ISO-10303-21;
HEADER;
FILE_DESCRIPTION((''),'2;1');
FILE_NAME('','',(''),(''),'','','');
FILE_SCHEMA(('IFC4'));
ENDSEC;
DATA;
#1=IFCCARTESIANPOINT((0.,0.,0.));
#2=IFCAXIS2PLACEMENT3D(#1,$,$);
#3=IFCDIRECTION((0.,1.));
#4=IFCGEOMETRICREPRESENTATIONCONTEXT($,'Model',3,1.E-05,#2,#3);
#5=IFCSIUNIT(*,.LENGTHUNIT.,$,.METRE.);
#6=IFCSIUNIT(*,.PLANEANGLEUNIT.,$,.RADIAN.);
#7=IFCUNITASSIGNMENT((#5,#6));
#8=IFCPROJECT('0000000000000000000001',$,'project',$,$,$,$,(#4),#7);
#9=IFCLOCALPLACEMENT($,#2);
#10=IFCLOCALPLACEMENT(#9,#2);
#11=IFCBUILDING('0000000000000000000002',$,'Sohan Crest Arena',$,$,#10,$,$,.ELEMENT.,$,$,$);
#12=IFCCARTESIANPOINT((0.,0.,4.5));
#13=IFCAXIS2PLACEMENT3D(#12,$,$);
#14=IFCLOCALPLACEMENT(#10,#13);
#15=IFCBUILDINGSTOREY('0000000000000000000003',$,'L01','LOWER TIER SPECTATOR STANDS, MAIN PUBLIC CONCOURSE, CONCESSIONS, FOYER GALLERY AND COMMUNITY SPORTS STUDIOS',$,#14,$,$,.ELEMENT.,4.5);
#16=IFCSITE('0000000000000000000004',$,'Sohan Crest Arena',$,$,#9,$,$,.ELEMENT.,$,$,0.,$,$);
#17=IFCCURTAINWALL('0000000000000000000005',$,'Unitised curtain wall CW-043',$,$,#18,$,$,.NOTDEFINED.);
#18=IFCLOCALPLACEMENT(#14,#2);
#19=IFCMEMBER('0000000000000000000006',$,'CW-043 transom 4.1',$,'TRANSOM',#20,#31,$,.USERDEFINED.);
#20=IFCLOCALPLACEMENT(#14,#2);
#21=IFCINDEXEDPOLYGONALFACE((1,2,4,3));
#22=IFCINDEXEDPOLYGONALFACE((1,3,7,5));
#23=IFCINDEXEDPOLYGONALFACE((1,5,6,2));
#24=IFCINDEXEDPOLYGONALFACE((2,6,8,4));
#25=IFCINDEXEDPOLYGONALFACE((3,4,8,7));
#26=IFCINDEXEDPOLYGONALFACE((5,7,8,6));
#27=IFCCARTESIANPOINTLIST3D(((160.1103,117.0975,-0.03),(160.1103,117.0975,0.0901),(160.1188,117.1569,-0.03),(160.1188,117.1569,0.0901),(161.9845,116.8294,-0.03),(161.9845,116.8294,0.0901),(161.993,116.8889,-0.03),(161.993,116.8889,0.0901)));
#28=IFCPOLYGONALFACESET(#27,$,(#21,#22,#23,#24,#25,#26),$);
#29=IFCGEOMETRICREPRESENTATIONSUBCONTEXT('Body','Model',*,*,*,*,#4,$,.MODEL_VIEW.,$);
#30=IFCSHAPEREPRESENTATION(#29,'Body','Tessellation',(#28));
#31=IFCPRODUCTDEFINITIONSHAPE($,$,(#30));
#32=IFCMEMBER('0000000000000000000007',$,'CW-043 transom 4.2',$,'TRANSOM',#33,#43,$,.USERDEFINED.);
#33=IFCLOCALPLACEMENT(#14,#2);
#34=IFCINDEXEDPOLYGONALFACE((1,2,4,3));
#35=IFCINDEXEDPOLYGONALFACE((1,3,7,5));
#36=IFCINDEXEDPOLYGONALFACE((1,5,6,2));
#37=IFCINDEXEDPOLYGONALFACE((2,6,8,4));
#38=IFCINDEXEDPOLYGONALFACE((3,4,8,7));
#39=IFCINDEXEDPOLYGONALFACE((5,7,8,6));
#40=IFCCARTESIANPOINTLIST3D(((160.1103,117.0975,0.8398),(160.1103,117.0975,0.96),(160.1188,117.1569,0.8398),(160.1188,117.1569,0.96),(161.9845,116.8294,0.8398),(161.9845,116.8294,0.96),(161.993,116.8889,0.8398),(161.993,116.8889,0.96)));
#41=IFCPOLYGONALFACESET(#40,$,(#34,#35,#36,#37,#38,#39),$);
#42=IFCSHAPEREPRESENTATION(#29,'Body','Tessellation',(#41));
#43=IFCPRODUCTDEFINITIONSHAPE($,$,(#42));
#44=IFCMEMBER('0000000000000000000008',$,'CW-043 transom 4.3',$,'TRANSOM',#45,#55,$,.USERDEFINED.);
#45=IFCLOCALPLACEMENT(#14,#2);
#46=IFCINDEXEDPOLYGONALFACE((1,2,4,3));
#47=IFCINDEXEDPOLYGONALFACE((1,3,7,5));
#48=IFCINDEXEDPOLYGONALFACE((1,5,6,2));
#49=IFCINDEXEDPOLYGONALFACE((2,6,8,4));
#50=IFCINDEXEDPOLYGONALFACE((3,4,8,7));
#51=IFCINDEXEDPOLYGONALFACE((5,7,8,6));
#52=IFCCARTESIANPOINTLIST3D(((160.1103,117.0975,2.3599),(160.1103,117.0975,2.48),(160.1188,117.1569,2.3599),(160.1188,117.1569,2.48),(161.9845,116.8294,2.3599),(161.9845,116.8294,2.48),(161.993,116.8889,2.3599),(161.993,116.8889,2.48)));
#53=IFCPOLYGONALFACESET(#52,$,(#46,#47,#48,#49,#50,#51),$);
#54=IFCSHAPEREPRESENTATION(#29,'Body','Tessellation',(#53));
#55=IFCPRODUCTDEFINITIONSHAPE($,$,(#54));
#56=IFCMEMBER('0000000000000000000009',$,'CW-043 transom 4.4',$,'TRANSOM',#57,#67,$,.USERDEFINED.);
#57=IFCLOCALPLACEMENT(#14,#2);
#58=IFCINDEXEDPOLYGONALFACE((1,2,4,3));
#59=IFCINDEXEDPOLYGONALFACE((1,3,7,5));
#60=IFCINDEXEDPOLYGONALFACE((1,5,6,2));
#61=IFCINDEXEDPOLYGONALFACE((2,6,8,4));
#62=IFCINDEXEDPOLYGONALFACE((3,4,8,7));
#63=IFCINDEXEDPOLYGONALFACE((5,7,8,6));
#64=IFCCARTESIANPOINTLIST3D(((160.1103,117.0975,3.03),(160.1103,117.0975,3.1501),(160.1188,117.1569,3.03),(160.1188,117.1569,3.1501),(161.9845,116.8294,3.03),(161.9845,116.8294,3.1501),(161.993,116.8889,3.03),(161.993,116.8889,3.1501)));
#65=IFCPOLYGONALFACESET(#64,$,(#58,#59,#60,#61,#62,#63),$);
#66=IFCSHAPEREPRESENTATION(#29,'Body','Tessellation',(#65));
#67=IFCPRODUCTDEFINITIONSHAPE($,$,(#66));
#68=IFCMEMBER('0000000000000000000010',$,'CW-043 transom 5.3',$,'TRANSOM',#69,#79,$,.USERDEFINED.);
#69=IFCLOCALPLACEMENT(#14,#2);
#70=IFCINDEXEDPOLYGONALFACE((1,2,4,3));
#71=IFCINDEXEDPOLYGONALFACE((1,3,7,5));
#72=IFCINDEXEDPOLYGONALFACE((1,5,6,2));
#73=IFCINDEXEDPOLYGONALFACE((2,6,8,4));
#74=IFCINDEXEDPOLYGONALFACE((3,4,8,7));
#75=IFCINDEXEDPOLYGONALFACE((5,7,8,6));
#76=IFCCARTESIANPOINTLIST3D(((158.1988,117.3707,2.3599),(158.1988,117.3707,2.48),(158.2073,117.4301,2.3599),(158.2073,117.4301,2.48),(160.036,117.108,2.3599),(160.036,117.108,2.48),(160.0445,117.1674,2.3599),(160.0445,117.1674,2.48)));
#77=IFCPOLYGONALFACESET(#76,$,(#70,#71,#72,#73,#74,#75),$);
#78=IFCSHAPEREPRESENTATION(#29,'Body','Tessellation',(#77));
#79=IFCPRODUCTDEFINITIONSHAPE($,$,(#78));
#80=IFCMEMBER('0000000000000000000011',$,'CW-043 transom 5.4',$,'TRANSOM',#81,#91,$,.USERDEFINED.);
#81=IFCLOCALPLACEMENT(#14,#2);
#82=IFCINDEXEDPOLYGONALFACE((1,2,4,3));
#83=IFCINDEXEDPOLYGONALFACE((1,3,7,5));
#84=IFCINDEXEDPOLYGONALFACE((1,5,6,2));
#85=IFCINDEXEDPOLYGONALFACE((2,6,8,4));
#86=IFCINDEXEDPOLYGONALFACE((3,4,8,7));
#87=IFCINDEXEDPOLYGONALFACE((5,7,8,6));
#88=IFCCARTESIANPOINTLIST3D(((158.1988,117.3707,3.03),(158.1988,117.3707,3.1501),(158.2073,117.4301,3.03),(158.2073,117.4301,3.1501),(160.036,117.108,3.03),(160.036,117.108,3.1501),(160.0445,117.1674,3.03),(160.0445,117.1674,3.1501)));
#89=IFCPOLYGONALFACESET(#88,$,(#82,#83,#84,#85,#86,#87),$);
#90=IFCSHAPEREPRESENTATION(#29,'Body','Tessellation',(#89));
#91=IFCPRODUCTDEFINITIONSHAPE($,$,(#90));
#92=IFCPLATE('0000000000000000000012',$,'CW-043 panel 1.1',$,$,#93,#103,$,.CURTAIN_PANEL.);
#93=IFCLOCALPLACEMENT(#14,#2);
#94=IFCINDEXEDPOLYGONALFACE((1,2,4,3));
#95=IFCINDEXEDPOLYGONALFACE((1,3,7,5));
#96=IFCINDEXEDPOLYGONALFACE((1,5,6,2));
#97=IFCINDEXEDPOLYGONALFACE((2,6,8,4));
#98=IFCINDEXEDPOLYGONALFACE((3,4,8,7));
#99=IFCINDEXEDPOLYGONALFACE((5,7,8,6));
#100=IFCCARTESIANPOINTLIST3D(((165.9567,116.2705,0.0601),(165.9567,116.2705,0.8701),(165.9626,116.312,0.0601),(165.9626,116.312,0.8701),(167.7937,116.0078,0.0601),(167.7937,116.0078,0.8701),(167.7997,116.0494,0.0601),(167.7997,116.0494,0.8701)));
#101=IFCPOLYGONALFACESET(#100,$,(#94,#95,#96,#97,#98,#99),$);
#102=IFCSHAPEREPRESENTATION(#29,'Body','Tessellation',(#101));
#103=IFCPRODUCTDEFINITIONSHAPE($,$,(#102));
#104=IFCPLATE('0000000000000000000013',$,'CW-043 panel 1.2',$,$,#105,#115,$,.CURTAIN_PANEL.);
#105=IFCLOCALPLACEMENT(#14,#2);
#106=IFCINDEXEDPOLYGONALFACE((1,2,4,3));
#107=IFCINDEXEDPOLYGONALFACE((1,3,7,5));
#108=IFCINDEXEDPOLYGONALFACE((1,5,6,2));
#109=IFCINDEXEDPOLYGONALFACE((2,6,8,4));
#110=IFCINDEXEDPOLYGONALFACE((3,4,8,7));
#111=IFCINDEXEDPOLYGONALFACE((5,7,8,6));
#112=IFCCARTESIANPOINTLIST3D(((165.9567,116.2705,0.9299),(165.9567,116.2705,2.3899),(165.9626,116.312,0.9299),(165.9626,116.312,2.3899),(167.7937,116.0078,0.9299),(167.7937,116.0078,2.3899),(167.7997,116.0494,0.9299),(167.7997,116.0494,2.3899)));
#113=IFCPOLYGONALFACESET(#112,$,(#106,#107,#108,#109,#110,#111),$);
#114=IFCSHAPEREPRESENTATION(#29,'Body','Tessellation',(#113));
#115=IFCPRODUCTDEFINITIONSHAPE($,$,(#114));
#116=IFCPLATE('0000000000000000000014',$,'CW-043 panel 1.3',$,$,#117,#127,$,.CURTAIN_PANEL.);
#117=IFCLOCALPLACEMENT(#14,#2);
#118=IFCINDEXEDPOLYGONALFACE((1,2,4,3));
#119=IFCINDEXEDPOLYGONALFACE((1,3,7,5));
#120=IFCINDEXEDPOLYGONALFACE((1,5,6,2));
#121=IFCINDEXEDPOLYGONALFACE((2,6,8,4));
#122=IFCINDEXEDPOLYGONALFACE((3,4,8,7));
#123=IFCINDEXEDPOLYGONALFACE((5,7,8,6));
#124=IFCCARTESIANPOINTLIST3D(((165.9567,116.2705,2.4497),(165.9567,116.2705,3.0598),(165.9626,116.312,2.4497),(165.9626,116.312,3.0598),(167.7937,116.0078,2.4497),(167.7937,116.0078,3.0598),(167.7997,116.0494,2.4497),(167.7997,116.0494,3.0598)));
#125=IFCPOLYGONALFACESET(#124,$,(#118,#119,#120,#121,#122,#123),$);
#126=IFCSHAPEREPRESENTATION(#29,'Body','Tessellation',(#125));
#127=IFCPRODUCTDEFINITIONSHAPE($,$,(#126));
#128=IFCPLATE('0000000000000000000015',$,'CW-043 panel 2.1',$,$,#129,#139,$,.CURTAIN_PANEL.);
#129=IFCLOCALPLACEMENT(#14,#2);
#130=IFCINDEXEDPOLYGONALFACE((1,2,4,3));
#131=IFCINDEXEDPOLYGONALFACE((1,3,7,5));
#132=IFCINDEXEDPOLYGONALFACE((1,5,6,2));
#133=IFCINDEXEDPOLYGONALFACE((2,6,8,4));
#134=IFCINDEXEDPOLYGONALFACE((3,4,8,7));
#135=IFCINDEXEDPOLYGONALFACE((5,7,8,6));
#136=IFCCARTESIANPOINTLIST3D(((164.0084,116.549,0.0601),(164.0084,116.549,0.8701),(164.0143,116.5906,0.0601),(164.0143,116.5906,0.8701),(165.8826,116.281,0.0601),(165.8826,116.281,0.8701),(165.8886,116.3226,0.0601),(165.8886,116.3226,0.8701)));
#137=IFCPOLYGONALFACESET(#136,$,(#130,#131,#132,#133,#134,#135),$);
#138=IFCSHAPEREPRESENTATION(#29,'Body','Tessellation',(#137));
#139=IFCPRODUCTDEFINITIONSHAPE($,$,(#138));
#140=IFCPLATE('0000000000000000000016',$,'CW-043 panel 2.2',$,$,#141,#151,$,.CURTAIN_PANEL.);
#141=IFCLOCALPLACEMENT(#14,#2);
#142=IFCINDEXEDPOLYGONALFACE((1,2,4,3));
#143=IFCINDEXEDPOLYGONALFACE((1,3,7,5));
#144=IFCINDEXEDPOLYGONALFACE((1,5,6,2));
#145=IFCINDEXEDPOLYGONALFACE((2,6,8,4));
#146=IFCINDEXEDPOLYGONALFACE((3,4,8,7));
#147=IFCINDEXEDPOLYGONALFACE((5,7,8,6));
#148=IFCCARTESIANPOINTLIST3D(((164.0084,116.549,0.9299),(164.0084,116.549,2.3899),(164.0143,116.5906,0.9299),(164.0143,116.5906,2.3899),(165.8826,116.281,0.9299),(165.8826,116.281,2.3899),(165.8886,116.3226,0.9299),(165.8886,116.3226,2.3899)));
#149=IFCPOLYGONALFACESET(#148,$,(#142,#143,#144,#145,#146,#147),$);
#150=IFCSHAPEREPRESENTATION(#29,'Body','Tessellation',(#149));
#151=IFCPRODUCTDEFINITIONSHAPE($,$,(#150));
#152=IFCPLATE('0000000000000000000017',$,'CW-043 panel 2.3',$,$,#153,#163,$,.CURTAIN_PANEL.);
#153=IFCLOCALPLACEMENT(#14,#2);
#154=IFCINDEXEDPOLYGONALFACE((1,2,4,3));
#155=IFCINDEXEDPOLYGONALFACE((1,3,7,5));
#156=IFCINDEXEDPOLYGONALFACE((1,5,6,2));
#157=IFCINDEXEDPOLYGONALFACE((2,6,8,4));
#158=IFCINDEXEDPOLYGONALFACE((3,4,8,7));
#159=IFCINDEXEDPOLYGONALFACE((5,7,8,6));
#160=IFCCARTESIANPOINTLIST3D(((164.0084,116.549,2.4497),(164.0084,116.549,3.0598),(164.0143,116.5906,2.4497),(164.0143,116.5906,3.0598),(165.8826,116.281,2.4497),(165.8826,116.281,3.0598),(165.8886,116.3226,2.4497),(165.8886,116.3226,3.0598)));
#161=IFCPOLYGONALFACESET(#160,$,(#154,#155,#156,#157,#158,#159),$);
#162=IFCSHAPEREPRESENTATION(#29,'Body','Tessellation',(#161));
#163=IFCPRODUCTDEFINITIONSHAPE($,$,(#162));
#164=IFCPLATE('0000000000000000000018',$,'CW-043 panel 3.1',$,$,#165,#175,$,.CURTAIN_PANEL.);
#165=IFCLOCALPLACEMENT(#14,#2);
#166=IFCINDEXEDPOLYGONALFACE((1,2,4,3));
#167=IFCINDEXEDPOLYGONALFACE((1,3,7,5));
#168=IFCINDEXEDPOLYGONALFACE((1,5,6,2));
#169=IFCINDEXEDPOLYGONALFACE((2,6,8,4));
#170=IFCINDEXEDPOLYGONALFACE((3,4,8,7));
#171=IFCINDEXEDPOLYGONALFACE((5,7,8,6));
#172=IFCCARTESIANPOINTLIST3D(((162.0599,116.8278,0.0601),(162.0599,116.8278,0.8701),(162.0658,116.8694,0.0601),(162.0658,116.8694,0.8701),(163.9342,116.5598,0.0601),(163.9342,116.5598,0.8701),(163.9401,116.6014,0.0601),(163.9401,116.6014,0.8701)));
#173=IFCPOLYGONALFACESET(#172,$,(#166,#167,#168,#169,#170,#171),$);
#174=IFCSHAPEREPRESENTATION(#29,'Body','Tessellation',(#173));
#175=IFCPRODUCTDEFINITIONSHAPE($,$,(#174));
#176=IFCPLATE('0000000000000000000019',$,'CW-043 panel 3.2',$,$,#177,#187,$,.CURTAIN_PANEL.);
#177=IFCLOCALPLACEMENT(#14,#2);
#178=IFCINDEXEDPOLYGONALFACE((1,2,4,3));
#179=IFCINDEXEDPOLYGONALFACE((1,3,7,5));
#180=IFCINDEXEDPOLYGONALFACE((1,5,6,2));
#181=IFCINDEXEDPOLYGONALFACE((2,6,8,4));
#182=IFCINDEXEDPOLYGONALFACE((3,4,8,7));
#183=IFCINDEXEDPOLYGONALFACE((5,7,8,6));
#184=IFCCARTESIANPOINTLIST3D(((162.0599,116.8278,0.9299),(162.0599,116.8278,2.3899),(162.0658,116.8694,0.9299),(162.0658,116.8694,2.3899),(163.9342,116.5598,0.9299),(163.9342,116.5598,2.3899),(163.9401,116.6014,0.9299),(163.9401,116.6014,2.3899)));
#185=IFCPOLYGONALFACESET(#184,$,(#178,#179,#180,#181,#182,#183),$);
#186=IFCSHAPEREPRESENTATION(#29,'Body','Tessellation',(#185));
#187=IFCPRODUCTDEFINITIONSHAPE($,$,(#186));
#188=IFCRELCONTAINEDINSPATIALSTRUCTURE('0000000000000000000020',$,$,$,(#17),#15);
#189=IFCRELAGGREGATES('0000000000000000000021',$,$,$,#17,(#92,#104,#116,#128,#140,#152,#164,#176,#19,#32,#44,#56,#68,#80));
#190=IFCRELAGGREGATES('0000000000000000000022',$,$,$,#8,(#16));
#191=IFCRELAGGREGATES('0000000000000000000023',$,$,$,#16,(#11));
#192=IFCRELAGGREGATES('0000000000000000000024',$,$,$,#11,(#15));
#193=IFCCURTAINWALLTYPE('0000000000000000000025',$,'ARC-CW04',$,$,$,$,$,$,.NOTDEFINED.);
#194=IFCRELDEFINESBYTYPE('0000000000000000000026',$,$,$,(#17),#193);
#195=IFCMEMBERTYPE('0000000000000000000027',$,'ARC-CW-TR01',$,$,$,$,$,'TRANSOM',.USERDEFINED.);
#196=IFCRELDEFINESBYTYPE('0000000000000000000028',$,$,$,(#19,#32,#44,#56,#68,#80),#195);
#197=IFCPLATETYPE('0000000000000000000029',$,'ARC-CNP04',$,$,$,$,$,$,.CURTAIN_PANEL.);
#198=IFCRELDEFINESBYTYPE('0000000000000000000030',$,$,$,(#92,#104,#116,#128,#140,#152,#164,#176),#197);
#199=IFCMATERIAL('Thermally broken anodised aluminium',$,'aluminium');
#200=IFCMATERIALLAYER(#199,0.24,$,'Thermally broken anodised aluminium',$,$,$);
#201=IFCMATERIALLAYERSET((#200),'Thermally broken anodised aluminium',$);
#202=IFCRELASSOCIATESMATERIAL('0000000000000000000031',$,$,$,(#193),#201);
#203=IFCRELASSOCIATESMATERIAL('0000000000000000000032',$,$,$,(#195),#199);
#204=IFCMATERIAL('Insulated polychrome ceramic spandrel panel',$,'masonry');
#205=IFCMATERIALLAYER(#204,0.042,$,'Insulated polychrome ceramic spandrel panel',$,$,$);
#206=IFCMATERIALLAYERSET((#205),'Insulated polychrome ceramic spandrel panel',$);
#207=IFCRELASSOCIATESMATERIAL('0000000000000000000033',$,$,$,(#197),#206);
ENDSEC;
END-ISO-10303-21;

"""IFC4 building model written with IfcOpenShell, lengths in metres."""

from ifc_helpers import new_model, si_unit, direction, frame, origin, origin_2d, place, context, subcontext, project, spatial, rectangle, extrude, material, layer, layer_set, material_profile, profile_set, type_object, element, aggregate, save


model = new_model("IFC4")

# Units and contexts
model_context = context("Model", 3, precision=1e-05, world=origin(), true_north=direction((0.0, 1.0)))
body_context = subcontext(model_context, "Body", "Model", "MODEL_VIEW")
ifc_project = project(units=[si_unit("LENGTHUNIT", "METRE"), si_unit("PLANEANGLEUNIT", "RADIAN")], contexts=[model_context])

# Site, building, storey
site_placement = place(None, origin())
site = spatial("IfcSite", under=ifc_project, at=site_placement, Name="Sohan Crest Arena", CompositionType="ELEMENT", RefElevation=0.0)
building_placement = place(site_placement, origin())
building = spatial("IfcBuilding", under=site, at=building_placement, Name="Sohan Crest Arena", CompositionType="ELEMENT")
storey_placement = place(building_placement, frame((0.0, 0.0, 4.5)))
storey = spatial("IfcBuildingStorey", under=building, at=storey_placement, Name="L01", Description="LOWER TIER SPECTATOR STANDS, MAIN PUBLIC CONCOURSE, CONCESSIONS, FOYER GALLERY AND COMMUNITY SPORTS STUDIOS", CompositionType="ELEMENT", Elevation=4.5)

# Curtain wall, members, plates
ifc_material_1 = material(Name="Thermally broken anodised aluminium", Category="aluminium")
ifc_layer_1 = layer(ifc_material_1, 0.24, Name="Thermally broken anodised aluminium")
ifc_layer_set_1 = layer_set([ifc_layer_1], Name="Thermally broken anodised aluminium")
curtain_wall_type = type_object("IfcCurtainWallType", Name="ARC-CW04", PredefinedType="NOTDEFINED", material=ifc_layer_set_1)
curtain_wall_placement = place(storey_placement, origin())
curtain_wall = element("IfcCurtainWall", 1, at=curtain_wall_placement, inside=storey, type_object=curtain_wall_type, Name="Unitised curtain wall CW-043", PredefinedType="NOTDEFINED")
ifc_material_profile_1 = material_profile(ifc_material_1, rectangle(XDim=0.0601, YDim=0.1201, at=origin_2d()), Name="ALU-TRAN 60x120")
ifc_profile_set_1 = profile_set([ifc_material_profile_1], Name="Thermally broken anodised aluminium")
member_type_1 = type_object("IfcMemberType", Name="ARC-CW-TR01", ElementType="TRANSOM", PredefinedType="USERDEFINED", material=ifc_profile_set_1)
member_1_placement = place(storey_placement, frame((161.9888, 116.8591, 0.03), z_axis=(-0.989926, 0.141584, 0.0), x_axis=(-0.141584, -0.989926, 0.0)))
member_1 = element("IfcMember", 2, at=member_1_placement, type_object=member_type_1, Name="CW-043 transom 4.1", ObjectType="TRANSOM", PredefinedType="USERDEFINED", context=body_context, shape_type="SweptSolid", body=[
    extrude(rectangle(XDim=0.0601, YDim=0.1201, at=origin_2d()), origin(), (0.0, 0.0, 1.0), 1.8933),
])
member_2_placement = place(storey_placement, frame((161.9888, 116.8591, 0.8999), z_axis=(-0.989926, 0.141584, 0.0), x_axis=(-0.141584, -0.989926, 0.0)))
member_2 = element("IfcMember", 3, at=member_2_placement, type_object=member_type_1, Name="CW-043 transom 4.2", ObjectType="TRANSOM", PredefinedType="USERDEFINED", context=body_context, shape_type="SweptSolid", body=[
    extrude(rectangle(XDim=0.0601, YDim=0.1201, at=origin_2d()), origin(), (0.0, 0.0, 1.0), 1.8933),
])
member_3_placement = place(storey_placement, frame((161.9888, 116.8591, 2.4199), z_axis=(-0.989926, 0.141584, 0.0), x_axis=(-0.141584, -0.989926, 0.0)))
member_3 = element("IfcMember", 4, at=member_3_placement, type_object=member_type_1, Name="CW-043 transom 4.3", ObjectType="TRANSOM", PredefinedType="USERDEFINED", context=body_context, shape_type="SweptSolid", body=[
    extrude(rectangle(XDim=0.0601, YDim=0.1201, at=origin_2d()), origin(), (0.0, 0.0, 1.0), 1.8933),
])
member_4_placement = place(storey_placement, frame((161.9888, 116.8591, 3.0901), z_axis=(-0.989926, 0.141584, 0.0), x_axis=(-0.141584, -0.989926, 0.0)))
member_4 = element("IfcMember", 5, at=member_4_placement, type_object=member_type_1, Name="CW-043 transom 4.4", ObjectType="TRANSOM", PredefinedType="USERDEFINED", context=body_context, shape_type="SweptSolid", body=[
    extrude(rectangle(XDim=0.0601, YDim=0.1201, at=origin_2d()), origin(), (0.0, 0.0, 1.0), 1.8933),
])
member_5_placement = place(storey_placement, frame((160.0403, 117.1377, 2.4199), z_axis=(-0.989931, 0.14155, 0.0), x_axis=(-0.14155, -0.989931, 0.0)))
member_5 = element("IfcMember", 6, at=member_5_placement, type_object=member_type_1, Name="CW-043 transom 5.3", ObjectType="TRANSOM", PredefinedType="USERDEFINED", context=body_context, shape_type="SweptSolid", body=[
    extrude(rectangle(XDim=0.0601, YDim=0.1201, at=origin_2d()), origin(), (0.0, 0.0, 1.0), 1.856),
])
member_6_placement = place(storey_placement, frame((160.0403, 117.1377, 3.0901), z_axis=(-0.989931, 0.14155, 0.0), x_axis=(-0.14155, -0.989931, 0.0)))
member_6 = element("IfcMember", 7, at=member_6_placement, type_object=member_type_1, Name="CW-043 transom 5.4", ObjectType="TRANSOM", PredefinedType="USERDEFINED", context=body_context, shape_type="SweptSolid", body=[
    extrude(rectangle(XDim=0.0601, YDim=0.1201, at=origin_2d()), origin(), (0.0, 0.0, 1.0), 1.856),
])
ifc_material_2 = material(Name="Insulated polychrome ceramic spandrel panel", Category="masonry")
ifc_layer_2 = layer(ifc_material_2, 0.042, Name="Insulated polychrome ceramic spandrel panel")
ifc_layer_set_2 = layer_set([ifc_layer_2], Name="Insulated polychrome ceramic spandrel panel")
plate_type = type_object("IfcPlateType", Name="ARC-CNP04", PredefinedType="CURTAIN_PANEL", material=ifc_layer_set_2)
plate_1_placement = place(storey_placement, frame((166.8782, 116.1599, 0.0601), z_axis=(0.0, 0.0, 1.0), x_axis=(-0.989931, 0.141549, 0.0)))
plate_1 = element("IfcPlate", 8, at=plate_1_placement, type_object=plate_type, Name="CW-043 panel 1.1", PredefinedType="CURTAIN_PANEL", context=body_context, shape_type="SweptSolid", body=[
    extrude(rectangle(XDim=1.8557, YDim=0.042, at=origin_2d()), origin(), (0.0, 0.0, 1.0), 0.8101),
])
plate_2_placement = place(storey_placement, frame((166.8782, 116.1599, 0.9299), z_axis=(0.0, 0.0, 1.0), x_axis=(-0.989931, 0.141549, 0.0)))
plate_2 = element("IfcPlate", 9, at=plate_2_placement, type_object=plate_type, Name="CW-043 panel 1.2", PredefinedType="CURTAIN_PANEL", context=body_context, shape_type="SweptSolid", body=[
    extrude(rectangle(XDim=1.8557, YDim=0.042, at=origin_2d()), origin(), (0.0, 0.0, 1.0), 1.46),
])
plate_3_placement = place(storey_placement, frame((166.8782, 116.1599, 2.4497), z_axis=(0.0, 0.0, 1.0), x_axis=(-0.989931, 0.141549, 0.0)))
plate_3 = element("IfcPlate", 10, at=plate_3_placement, type_object=plate_type, Name="CW-043 panel 1.3", PredefinedType="CURTAIN_PANEL", context=body_context, shape_type="SweptSolid", body=[
    extrude(rectangle(XDim=1.8557, YDim=0.042, at=origin_2d()), origin(), (0.0, 0.0, 1.0), 0.6101),
])
plate_4_placement = place(storey_placement, frame((164.9485, 116.4358, 0.0601), z_axis=(0.0, 0.0, 1.0), x_axis=(-0.989931, 0.141549, 0.0)))
plate_4 = element("IfcPlate", 11, at=plate_4_placement, type_object=plate_type, Name="CW-043 panel 2.1", PredefinedType="CURTAIN_PANEL", context=body_context, shape_type="SweptSolid", body=[
    extrude(rectangle(XDim=1.8933, YDim=0.042, at=origin_2d()), origin(), (0.0, 0.0, 1.0), 0.8101),
])
plate_5_placement = place(storey_placement, frame((164.9485, 116.4358, 0.9299), z_axis=(0.0, 0.0, 1.0), x_axis=(-0.989931, 0.141549, 0.0)))
plate_5 = element("IfcPlate", 12, at=plate_5_placement, type_object=plate_type, Name="CW-043 panel 2.2", PredefinedType="CURTAIN_PANEL", context=body_context, shape_type="SweptSolid", body=[
    extrude(rectangle(XDim=1.8933, YDim=0.042, at=origin_2d()), origin(), (0.0, 0.0, 1.0), 1.46),
])
plate_6_placement = place(storey_placement, frame((164.9485, 116.4358, 2.4497), z_axis=(0.0, 0.0, 1.0), x_axis=(-0.989931, 0.141549, 0.0)))
plate_6 = element("IfcPlate", 13, at=plate_6_placement, type_object=plate_type, Name="CW-043 panel 2.3", PredefinedType="CURTAIN_PANEL", context=body_context, shape_type="SweptSolid", body=[
    extrude(rectangle(XDim=1.8933, YDim=0.042, at=origin_2d()), origin(), (0.0, 0.0, 1.0), 0.6101),
])
plate_7_placement = place(storey_placement, frame((163.0, 116.7146, 0.0601), z_axis=(0.0, 0.0, 1.0), x_axis=(-0.989931, 0.141549, 0.0)))
plate_7 = element("IfcPlate", 14, at=plate_7_placement, type_object=plate_type, Name="CW-043 panel 3.1", PredefinedType="CURTAIN_PANEL", context=body_context, shape_type="SweptSolid", body=[
    extrude(rectangle(XDim=1.8933, YDim=0.042, at=origin_2d()), origin(), (0.0, 0.0, 1.0), 0.8101),
])
plate_8_placement = place(storey_placement, frame((163.0, 116.7146, 0.9299), z_axis=(0.0, 0.0, 1.0), x_axis=(-0.989931, 0.141549, 0.0)))
plate_8 = element("IfcPlate", 15, at=plate_8_placement, type_object=plate_type, Name="CW-043 panel 3.2", PredefinedType="CURTAIN_PANEL", context=body_context, shape_type="SweptSolid", body=[
    extrude(rectangle(XDim=1.8933, YDim=0.042, at=origin_2d()), origin(), (0.0, 0.0, 1.0), 1.46),
])
aggregate(curtain_wall, [plate_1, plate_2, plate_3, plate_4, plate_5, plate_6, plate_7, plate_8, member_1, member_2, member_3, member_4, member_5, member_6])

save(model, "model.ifc")
